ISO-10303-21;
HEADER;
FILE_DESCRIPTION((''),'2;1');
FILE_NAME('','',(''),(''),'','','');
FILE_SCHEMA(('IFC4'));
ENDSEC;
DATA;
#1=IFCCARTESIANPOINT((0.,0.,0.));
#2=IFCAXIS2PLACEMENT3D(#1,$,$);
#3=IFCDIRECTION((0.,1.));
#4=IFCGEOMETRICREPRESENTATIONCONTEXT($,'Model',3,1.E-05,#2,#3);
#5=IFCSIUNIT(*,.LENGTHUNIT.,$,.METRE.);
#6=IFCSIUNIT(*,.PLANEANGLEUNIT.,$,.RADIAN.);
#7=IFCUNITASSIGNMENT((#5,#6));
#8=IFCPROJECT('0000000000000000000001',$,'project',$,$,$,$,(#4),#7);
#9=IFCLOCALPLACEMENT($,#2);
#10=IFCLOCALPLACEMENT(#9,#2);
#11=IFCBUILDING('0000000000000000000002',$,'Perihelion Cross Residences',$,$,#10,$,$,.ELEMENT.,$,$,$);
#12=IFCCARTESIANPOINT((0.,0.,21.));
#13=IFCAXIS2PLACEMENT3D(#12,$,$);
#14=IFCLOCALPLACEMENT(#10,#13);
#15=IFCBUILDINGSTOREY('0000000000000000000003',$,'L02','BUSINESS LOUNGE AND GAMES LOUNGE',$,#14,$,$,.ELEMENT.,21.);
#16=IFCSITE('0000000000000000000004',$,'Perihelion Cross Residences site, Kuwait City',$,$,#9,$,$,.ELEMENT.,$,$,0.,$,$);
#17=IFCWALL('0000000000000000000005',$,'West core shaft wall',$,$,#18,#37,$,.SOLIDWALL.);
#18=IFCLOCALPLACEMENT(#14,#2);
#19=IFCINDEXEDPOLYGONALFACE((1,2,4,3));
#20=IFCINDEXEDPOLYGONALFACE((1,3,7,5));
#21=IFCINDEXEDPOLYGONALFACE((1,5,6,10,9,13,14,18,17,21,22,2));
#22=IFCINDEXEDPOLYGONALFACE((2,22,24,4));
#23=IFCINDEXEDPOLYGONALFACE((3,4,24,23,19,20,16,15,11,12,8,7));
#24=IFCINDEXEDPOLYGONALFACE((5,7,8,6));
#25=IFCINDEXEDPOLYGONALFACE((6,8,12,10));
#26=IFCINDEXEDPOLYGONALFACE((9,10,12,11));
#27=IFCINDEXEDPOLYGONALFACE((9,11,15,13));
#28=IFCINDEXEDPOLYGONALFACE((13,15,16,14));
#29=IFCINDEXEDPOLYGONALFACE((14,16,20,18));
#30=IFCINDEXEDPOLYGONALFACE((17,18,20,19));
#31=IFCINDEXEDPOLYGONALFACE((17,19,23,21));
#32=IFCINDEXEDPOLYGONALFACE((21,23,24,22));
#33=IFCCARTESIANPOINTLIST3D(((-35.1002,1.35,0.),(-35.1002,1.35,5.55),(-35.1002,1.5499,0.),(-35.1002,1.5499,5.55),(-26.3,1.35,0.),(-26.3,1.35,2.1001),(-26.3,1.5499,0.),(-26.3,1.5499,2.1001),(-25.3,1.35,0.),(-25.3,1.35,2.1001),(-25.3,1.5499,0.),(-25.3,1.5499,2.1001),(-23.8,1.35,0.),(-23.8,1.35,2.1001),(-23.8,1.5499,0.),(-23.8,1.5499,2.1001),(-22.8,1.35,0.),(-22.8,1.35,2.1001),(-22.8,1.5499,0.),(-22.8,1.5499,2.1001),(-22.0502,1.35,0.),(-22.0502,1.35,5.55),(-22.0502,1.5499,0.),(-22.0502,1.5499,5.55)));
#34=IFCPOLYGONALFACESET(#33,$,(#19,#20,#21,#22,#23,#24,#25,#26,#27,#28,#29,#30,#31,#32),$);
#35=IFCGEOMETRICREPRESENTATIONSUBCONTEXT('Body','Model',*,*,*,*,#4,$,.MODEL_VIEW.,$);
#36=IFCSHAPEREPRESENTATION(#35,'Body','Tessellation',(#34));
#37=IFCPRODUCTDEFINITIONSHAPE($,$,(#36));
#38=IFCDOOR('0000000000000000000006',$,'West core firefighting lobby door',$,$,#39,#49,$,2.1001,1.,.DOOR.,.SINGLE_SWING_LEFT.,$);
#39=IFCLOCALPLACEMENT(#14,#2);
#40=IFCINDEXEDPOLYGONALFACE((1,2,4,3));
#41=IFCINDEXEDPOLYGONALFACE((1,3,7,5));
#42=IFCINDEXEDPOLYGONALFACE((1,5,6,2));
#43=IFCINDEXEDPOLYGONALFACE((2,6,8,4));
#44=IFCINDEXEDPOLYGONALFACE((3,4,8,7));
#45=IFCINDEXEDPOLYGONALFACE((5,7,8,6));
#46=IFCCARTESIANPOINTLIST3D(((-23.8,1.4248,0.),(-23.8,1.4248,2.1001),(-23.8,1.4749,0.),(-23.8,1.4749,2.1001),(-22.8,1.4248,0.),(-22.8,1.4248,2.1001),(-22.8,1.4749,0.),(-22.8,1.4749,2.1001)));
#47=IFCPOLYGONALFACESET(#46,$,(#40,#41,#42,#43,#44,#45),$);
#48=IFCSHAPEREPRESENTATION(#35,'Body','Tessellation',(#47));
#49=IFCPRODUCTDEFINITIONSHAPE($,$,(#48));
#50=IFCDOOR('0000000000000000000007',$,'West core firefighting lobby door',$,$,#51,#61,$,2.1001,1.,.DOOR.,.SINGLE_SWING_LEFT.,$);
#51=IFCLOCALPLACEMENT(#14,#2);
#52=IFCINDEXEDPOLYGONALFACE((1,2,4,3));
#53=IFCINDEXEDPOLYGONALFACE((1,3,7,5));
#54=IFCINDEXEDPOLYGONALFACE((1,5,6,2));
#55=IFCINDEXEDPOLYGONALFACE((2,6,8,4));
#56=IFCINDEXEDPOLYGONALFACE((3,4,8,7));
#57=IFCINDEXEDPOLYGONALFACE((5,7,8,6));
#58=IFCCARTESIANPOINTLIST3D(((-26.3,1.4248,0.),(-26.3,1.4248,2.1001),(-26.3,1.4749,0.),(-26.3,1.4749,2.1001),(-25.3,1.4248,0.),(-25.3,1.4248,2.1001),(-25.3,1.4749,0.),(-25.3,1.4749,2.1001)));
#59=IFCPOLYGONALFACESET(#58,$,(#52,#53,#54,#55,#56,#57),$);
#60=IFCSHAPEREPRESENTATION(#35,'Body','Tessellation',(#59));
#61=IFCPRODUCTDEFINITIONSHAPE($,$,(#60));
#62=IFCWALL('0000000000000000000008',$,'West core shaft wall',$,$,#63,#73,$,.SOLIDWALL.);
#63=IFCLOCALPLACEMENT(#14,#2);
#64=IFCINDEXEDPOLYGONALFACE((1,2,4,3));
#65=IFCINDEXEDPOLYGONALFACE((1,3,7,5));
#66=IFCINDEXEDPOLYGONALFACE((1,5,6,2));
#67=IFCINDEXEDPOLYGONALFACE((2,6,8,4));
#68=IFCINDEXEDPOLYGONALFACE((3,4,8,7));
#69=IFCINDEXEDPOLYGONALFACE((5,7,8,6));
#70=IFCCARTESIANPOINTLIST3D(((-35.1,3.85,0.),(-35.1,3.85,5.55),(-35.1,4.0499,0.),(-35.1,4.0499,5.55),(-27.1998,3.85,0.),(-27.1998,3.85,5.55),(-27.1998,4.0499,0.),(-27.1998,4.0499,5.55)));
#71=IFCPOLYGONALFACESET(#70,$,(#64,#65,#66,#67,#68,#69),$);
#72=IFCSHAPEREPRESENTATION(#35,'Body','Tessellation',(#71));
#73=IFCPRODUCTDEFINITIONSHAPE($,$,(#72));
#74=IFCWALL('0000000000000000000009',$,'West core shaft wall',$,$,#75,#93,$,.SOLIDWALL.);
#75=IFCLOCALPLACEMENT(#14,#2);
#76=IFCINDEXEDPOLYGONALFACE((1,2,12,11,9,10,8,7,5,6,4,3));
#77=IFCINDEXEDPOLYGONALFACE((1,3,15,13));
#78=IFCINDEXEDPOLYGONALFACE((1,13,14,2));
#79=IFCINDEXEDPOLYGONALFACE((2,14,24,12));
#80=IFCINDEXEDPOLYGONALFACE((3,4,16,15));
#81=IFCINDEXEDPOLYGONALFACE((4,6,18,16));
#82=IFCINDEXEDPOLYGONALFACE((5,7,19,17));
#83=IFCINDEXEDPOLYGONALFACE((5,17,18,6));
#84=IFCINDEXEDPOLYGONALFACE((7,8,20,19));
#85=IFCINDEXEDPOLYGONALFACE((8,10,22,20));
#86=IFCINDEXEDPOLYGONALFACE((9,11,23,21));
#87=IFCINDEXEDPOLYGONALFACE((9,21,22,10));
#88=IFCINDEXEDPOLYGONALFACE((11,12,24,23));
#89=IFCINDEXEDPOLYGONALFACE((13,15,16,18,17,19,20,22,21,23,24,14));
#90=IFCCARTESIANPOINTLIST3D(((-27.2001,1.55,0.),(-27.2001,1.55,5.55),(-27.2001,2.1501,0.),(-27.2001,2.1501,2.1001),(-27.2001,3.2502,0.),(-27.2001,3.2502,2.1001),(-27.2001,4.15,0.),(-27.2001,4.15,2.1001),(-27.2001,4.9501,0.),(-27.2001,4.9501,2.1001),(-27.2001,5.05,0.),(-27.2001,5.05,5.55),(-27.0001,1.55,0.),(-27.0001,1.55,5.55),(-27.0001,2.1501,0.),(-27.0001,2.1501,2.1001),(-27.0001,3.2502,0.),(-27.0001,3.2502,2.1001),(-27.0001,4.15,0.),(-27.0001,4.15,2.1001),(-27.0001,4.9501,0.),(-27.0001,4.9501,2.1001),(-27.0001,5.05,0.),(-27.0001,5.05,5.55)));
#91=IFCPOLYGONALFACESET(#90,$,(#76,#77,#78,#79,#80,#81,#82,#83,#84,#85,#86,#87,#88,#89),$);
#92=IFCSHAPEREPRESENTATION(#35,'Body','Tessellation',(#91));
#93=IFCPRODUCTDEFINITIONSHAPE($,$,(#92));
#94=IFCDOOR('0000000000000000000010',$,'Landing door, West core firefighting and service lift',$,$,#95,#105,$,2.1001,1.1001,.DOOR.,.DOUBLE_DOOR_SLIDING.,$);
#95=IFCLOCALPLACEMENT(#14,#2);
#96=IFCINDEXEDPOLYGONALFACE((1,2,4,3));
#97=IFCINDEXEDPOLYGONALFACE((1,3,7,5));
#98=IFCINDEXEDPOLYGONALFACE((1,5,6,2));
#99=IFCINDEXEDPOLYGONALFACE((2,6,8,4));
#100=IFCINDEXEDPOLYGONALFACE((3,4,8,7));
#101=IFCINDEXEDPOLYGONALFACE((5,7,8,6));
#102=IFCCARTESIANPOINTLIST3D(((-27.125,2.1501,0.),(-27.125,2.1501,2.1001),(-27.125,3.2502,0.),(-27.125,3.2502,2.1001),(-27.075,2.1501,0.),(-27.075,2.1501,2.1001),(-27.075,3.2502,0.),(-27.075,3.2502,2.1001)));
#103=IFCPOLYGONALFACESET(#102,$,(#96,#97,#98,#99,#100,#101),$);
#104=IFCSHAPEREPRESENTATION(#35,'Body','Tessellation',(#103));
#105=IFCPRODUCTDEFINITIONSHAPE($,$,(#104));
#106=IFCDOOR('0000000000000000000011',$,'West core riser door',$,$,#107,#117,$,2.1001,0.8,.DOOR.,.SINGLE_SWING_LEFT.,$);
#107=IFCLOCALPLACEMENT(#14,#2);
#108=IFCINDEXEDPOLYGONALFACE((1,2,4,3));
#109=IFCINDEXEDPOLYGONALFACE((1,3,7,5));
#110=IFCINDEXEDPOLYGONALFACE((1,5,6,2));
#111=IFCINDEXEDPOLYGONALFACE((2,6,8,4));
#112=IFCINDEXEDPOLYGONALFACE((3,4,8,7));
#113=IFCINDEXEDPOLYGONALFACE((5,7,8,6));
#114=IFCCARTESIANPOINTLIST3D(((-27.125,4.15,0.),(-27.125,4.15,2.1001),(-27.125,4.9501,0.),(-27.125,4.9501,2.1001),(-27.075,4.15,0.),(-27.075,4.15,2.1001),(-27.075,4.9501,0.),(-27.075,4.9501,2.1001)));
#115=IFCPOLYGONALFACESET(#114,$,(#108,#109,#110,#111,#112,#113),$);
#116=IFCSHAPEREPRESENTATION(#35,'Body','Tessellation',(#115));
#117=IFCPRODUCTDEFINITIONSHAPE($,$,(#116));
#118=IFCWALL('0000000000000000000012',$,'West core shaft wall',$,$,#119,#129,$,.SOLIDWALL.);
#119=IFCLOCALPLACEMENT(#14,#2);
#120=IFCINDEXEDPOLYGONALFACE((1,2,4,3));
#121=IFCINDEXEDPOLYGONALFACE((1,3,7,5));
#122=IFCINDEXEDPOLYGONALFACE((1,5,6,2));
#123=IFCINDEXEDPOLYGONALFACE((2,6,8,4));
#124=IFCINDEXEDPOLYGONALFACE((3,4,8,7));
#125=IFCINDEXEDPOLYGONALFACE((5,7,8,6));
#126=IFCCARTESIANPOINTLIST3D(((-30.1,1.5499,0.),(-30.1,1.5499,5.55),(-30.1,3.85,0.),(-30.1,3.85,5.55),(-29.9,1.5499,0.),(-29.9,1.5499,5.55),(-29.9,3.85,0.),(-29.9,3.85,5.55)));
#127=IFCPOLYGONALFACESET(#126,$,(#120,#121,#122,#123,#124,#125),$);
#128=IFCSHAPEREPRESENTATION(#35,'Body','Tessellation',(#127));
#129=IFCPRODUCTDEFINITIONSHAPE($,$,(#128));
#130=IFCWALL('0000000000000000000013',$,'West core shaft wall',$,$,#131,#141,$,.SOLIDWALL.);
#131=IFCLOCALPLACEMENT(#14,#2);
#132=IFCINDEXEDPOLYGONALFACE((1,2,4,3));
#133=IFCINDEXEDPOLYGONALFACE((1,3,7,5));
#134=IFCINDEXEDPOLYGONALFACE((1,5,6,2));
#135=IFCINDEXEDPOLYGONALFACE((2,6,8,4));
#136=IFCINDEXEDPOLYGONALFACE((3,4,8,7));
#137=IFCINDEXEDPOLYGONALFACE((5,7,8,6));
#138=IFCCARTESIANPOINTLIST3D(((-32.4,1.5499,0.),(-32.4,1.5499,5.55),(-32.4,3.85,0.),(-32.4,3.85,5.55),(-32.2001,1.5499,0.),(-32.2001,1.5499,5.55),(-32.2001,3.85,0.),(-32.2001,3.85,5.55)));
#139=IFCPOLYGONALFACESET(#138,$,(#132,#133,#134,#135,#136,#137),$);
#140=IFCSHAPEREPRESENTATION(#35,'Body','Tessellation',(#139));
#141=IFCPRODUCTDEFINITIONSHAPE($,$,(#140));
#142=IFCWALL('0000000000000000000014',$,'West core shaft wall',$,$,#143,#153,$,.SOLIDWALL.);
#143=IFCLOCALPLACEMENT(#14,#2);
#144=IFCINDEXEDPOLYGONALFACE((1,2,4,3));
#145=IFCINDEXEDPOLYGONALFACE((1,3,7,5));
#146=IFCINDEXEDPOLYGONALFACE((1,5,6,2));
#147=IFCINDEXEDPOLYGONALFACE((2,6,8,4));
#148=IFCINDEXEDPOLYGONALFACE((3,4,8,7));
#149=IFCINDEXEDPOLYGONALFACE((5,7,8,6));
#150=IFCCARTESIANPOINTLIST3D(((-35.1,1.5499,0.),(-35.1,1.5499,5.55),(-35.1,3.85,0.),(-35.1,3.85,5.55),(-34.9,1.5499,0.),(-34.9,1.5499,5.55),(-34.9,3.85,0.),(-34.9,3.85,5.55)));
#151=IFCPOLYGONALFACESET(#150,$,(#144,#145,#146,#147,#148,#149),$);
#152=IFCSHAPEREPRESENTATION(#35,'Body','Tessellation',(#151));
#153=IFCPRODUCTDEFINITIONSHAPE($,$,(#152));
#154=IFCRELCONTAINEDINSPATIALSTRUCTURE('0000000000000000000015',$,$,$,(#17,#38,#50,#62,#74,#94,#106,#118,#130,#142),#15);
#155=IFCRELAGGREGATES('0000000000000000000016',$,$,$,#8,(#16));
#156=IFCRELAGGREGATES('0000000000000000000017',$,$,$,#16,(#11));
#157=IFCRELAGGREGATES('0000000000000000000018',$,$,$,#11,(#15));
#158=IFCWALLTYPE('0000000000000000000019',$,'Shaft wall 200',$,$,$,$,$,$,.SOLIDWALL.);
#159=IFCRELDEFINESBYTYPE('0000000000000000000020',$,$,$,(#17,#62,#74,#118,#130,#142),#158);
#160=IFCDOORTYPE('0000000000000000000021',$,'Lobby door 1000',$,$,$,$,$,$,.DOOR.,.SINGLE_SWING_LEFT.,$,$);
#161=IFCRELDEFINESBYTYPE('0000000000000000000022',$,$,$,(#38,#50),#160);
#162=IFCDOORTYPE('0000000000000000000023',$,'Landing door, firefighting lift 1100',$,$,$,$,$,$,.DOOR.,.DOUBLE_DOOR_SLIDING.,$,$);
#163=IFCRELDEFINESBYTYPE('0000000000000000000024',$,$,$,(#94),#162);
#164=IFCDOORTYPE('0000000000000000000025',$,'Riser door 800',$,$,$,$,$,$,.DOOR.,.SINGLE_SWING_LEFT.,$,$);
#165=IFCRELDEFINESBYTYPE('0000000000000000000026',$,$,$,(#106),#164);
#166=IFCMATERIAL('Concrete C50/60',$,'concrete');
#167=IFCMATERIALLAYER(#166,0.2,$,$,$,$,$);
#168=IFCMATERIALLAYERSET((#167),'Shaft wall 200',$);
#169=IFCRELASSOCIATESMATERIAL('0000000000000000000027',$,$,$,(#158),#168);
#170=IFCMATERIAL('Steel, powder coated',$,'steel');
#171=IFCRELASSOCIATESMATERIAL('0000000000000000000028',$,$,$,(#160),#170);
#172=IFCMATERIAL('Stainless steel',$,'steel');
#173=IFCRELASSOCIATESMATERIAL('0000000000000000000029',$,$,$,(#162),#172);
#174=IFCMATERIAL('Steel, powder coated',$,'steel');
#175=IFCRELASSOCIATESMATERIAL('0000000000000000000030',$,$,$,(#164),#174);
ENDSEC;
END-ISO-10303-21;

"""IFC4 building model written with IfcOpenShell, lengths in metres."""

from ifc_helpers import new_model, si_unit, direction, frame, frame_2d, origin, place, context, subcontext, project, spatial, rectangle, extrude, material, layer, layer_set, type_object, element, fill, save


model = new_model("IFC4")

# Units and contexts
model_context = context("Model", 3, precision=1e-05, world=origin(), true_north=direction((0.0, 1.0)))
body_context = subcontext(model_context, "Body", "Model", "MODEL_VIEW")
ifc_project = project(units=[si_unit("LENGTHUNIT", "METRE"), si_unit("PLANEANGLEUNIT", "RADIAN")], contexts=[model_context])

# Site, building, storey
site_placement = place(None, origin())
site = spatial("IfcSite", under=ifc_project, at=site_placement, Name="Perihelion Cross Residences site, Kuwait City", CompositionType="ELEMENT", RefElevation=0.0)
building_placement = place(site_placement, origin())
building = spatial("IfcBuilding", under=site, at=building_placement, Name="Perihelion Cross Residences", CompositionType="ELEMENT")
storey_placement = place(building_placement, frame((0.0, 0.0, 21.0)))
storey = spatial("IfcBuildingStorey", under=building, at=storey_placement, Name="L02", Description="BUSINESS LOUNGE AND GAMES LOUNGE", CompositionType="ELEMENT", Elevation=21.0)

# Wall, openings, doors
ifc_material_1 = material(Name="Concrete C50/60", Category="concrete")
ifc_layer_1 = layer(ifc_material_1, 0.2)
ifc_layer_set_1 = layer_set([ifc_layer_1], Name="Shaft wall 200")
wall_type_1 = type_object("IfcWallType", Name="Shaft wall 200", PredefinedType="SOLIDWALL", material=ifc_layer_set_1)
wall_1_placement = place(storey_placement, frame((-35.1001, 1.45, 0.0), z_axis=(0.0, 0.0, 1.0), x_axis=(1.0, 0.0, 0.0)))
wall_1 = element("IfcWall", 1, at=wall_1_placement, inside=storey, type_object=wall_type_1, Name="West core shaft wall", PredefinedType="SOLIDWALL", context=body_context, shape_type="SweptSolid", body=[
    extrude(rectangle(XDim=13.05, YDim=0.2, at=frame_2d((6.5249, 0.0))), origin(), (0.0, 0.0, 1.0), 5.55),
])
opening_1_placement = place(wall_1_placement, frame((11.3, 0.0, 0.0)))
opening_1 = element("IfcOpeningElement", 2, at=opening_1_placement, cuts=wall_1, PredefinedType="OPENING", context=body_context, shape_type="SweptSolid", body=[
    extrude(rectangle(XDim=1.0, YDim=2.1001, at=frame_2d((0.5, 1.05))), frame((0.0, 0.1099, 0.0), z_axis=(0.0, -1.0, 0.0), x_axis=(1.0, 0.0, 0.0)), (0.0, 0.0, 1.0), 0.22),
])
opening_2_placement = place(wall_1_placement, frame((8.8, 0.0, 0.0)))
opening_2 = element("IfcOpeningElement", 3, at=opening_2_placement, cuts=wall_1, PredefinedType="OPENING", context=body_context, shape_type="SweptSolid", body=[
    extrude(rectangle(XDim=1.0, YDim=2.1001, at=frame_2d((0.5, 1.05))), frame((0.0, 0.1099, 0.0), z_axis=(0.0, -1.0, 0.0), x_axis=(1.0, 0.0, 0.0)), (0.0, 0.0, 1.0), 0.22),
])
ifc_material_2 = material(Name="Steel, powder coated", Category="steel")
door_type_1 = type_object("IfcDoorType", Name="Lobby door 1000", OperationType="SINGLE_SWING_LEFT", PredefinedType="DOOR", material=ifc_material_2)
door_1_placement = place(opening_1_placement, origin())
door_1 = element("IfcDoor", 4, at=door_1_placement, inside=storey, type_object=door_type_1, Name="West core firefighting lobby door", OperationType="SINGLE_SWING_LEFT", OverallHeight=2.1001, OverallWidth=1.0, PredefinedType="DOOR", context=body_context, shape_type="SweptSolid", body=[
    extrude(rectangle(XDim=1.0, YDim=2.1001, at=frame_2d((0.5, 1.05))), frame((0.0, 0.0249, 0.0), z_axis=(0.0, -1.0, 0.0), x_axis=(1.0, 0.0, 0.0)), (0.0, 0.0, 1.0), 0.05),
])
fill(opening_1, door_1)
door_2_placement = place(opening_2_placement, origin())
door_2 = element("IfcDoor", 5, at=door_2_placement, inside=storey, type_object=door_type_1, Name="West core firefighting lobby door", OperationType="SINGLE_SWING_LEFT", OverallHeight=2.1001, OverallWidth=1.0, PredefinedType="DOOR", context=body_context, shape_type="SweptSolid", body=[
    extrude(rectangle(XDim=1.0, YDim=2.1001, at=frame_2d((0.5, 1.05))), frame((0.0, 0.0249, 0.0), z_axis=(0.0, -1.0, 0.0), x_axis=(1.0, 0.0, 0.0)), (0.0, 0.0, 1.0), 0.05),
])
fill(opening_2, door_2)

# Wall
wall_2_placement = place(storey_placement, frame((-35.1001, 3.95, 0.0), z_axis=(0.0, 0.0, 1.0), x_axis=(1.0, 0.0, 0.0)))
element("IfcWall", 6, at=wall_2_placement, inside=storey, type_object=wall_type_1, Name="West core shaft wall", PredefinedType="SOLIDWALL", context=body_context, shape_type="SweptSolid", body=[
    extrude(rectangle(XDim=7.9001, YDim=0.2, at=frame_2d((3.9502, 0.0))), origin(), (0.0, 0.0, 1.0), 5.55),
])

# Wall, openings, doors
wall_3_placement = place(storey_placement, frame((-27.1001, 1.55, 0.0), z_axis=(0.0, 0.0, 1.0), x_axis=(0.0, 1.0, 0.0)))
wall_3 = element("IfcWall", 7, at=wall_3_placement, inside=storey, type_object=wall_type_1, Name="West core shaft wall", PredefinedType="SOLIDWALL", context=body_context, shape_type="SweptSolid", body=[
    extrude(rectangle(XDim=3.5, YDim=0.2, at=frame_2d((1.75, 0.0))), origin(), (0.0, 0.0, 1.0), 5.55),
])
opening_3_placement = place(wall_3_placement, frame((0.6001, 0.0, 0.0)))
opening_3 = element("IfcOpeningElement", 8, at=opening_3_placement, cuts=wall_3, PredefinedType="OPENING", context=body_context, shape_type="SweptSolid", body=[
    extrude(rectangle(XDim=1.1001, YDim=2.1001, at=frame_2d((0.55, 1.05))), frame((0.0, 0.1099, 0.0), z_axis=(0.0, -1.0, 0.0), x_axis=(1.0, 0.0, 0.0)), (0.0, 0.0, 1.0), 0.22),
])
opening_4_placement = place(wall_3_placement, frame((2.6001, 0.0, 0.0)))
opening_4 = element("IfcOpeningElement", 9, at=opening_4_placement, cuts=wall_3, PredefinedType="OPENING", context=body_context, shape_type="SweptSolid", body=[
    extrude(rectangle(XDim=0.8, YDim=2.1001, at=frame_2d((0.3999, 1.05))), frame((0.0, 0.1099, 0.0), z_axis=(0.0, -1.0, 0.0), x_axis=(1.0, 0.0, 0.0)), (0.0, 0.0, 1.0), 0.22),
])
ifc_material_3 = material(Name="Stainless steel", Category="steel")
door_type_2 = type_object("IfcDoorType", Name="Landing door, firefighting lift 1100", OperationType="DOUBLE_DOOR_SLIDING", PredefinedType="DOOR", material=ifc_material_3)
door_3_placement = place(opening_3_placement, origin())
door_3 = element("IfcDoor", 10, at=door_3_placement, inside=storey, type_object=door_type_2, Name="Landing door, West core firefighting and service lift", OperationType="DOUBLE_DOOR_SLIDING", OverallHeight=2.1001, OverallWidth=1.1001, PredefinedType="DOOR", context=body_context, shape_type="SweptSolid", body=[
    extrude(rectangle(XDim=1.1001, YDim=2.1001, at=frame_2d((0.55, 1.05))), frame((0.0, 0.0249, 0.0), z_axis=(0.0, -1.0, 0.0), x_axis=(1.0, 0.0, 0.0)), (0.0, 0.0, 1.0), 0.05),
])
fill(opening_3, door_3)
ifc_material_4 = material(Name="Steel, powder coated", Category="steel")
door_type_3 = type_object("IfcDoorType", Name="Riser door 800", OperationType="SINGLE_SWING_LEFT", PredefinedType="DOOR", material=ifc_material_4)
door_4_placement = place(opening_4_placement, origin())
door_4 = element("IfcDoor", 11, at=door_4_placement, inside=storey, type_object=door_type_3, Name="West core riser door", OperationType="SINGLE_SWING_LEFT", OverallHeight=2.1001, OverallWidth=0.8, PredefinedType="DOOR", context=body_context, shape_type="SweptSolid", body=[
    extrude(rectangle(XDim=0.8, YDim=2.1001, at=frame_2d((0.3999, 1.05))), frame((0.0, 0.0249, 0.0), z_axis=(0.0, -1.0, 0.0), x_axis=(1.0, 0.0, 0.0)), (0.0, 0.0, 1.0), 0.05),
])
fill(opening_4, door_4)

# Walls
for number, where, z_axis, x_axis, name in (
    (12, (-30.0, 1.55, 0.0), (0.0, 0.0, 1.0), (0.0, 1.0, 0.0), "West core shaft wall"),
    (13, (-32.3, 1.55, 0.0), (0.0, 0.0, 1.0), (0.0, 1.0, 0.0), "West core shaft wall"),
    (14, (-35.0, 1.55, 0.0), (0.0, 0.0, 1.0), (0.0, 1.0, 0.0), "West core shaft wall"),
):
    element("IfcWall", number, at=place(storey_placement, frame(where, z_axis=z_axis, x_axis=x_axis)), inside=storey, type_object=wall_type_1, Name=name, PredefinedType="SOLIDWALL", context=body_context, shape_type="SweptSolid", body=[
        extrude(rectangle(XDim=2.3, YDim=0.2, at=frame_2d((1.1499, 0.0))), origin(), (0.0, 0.0, 1.0), 5.55),
    ])

save(model, "model.ifc")
